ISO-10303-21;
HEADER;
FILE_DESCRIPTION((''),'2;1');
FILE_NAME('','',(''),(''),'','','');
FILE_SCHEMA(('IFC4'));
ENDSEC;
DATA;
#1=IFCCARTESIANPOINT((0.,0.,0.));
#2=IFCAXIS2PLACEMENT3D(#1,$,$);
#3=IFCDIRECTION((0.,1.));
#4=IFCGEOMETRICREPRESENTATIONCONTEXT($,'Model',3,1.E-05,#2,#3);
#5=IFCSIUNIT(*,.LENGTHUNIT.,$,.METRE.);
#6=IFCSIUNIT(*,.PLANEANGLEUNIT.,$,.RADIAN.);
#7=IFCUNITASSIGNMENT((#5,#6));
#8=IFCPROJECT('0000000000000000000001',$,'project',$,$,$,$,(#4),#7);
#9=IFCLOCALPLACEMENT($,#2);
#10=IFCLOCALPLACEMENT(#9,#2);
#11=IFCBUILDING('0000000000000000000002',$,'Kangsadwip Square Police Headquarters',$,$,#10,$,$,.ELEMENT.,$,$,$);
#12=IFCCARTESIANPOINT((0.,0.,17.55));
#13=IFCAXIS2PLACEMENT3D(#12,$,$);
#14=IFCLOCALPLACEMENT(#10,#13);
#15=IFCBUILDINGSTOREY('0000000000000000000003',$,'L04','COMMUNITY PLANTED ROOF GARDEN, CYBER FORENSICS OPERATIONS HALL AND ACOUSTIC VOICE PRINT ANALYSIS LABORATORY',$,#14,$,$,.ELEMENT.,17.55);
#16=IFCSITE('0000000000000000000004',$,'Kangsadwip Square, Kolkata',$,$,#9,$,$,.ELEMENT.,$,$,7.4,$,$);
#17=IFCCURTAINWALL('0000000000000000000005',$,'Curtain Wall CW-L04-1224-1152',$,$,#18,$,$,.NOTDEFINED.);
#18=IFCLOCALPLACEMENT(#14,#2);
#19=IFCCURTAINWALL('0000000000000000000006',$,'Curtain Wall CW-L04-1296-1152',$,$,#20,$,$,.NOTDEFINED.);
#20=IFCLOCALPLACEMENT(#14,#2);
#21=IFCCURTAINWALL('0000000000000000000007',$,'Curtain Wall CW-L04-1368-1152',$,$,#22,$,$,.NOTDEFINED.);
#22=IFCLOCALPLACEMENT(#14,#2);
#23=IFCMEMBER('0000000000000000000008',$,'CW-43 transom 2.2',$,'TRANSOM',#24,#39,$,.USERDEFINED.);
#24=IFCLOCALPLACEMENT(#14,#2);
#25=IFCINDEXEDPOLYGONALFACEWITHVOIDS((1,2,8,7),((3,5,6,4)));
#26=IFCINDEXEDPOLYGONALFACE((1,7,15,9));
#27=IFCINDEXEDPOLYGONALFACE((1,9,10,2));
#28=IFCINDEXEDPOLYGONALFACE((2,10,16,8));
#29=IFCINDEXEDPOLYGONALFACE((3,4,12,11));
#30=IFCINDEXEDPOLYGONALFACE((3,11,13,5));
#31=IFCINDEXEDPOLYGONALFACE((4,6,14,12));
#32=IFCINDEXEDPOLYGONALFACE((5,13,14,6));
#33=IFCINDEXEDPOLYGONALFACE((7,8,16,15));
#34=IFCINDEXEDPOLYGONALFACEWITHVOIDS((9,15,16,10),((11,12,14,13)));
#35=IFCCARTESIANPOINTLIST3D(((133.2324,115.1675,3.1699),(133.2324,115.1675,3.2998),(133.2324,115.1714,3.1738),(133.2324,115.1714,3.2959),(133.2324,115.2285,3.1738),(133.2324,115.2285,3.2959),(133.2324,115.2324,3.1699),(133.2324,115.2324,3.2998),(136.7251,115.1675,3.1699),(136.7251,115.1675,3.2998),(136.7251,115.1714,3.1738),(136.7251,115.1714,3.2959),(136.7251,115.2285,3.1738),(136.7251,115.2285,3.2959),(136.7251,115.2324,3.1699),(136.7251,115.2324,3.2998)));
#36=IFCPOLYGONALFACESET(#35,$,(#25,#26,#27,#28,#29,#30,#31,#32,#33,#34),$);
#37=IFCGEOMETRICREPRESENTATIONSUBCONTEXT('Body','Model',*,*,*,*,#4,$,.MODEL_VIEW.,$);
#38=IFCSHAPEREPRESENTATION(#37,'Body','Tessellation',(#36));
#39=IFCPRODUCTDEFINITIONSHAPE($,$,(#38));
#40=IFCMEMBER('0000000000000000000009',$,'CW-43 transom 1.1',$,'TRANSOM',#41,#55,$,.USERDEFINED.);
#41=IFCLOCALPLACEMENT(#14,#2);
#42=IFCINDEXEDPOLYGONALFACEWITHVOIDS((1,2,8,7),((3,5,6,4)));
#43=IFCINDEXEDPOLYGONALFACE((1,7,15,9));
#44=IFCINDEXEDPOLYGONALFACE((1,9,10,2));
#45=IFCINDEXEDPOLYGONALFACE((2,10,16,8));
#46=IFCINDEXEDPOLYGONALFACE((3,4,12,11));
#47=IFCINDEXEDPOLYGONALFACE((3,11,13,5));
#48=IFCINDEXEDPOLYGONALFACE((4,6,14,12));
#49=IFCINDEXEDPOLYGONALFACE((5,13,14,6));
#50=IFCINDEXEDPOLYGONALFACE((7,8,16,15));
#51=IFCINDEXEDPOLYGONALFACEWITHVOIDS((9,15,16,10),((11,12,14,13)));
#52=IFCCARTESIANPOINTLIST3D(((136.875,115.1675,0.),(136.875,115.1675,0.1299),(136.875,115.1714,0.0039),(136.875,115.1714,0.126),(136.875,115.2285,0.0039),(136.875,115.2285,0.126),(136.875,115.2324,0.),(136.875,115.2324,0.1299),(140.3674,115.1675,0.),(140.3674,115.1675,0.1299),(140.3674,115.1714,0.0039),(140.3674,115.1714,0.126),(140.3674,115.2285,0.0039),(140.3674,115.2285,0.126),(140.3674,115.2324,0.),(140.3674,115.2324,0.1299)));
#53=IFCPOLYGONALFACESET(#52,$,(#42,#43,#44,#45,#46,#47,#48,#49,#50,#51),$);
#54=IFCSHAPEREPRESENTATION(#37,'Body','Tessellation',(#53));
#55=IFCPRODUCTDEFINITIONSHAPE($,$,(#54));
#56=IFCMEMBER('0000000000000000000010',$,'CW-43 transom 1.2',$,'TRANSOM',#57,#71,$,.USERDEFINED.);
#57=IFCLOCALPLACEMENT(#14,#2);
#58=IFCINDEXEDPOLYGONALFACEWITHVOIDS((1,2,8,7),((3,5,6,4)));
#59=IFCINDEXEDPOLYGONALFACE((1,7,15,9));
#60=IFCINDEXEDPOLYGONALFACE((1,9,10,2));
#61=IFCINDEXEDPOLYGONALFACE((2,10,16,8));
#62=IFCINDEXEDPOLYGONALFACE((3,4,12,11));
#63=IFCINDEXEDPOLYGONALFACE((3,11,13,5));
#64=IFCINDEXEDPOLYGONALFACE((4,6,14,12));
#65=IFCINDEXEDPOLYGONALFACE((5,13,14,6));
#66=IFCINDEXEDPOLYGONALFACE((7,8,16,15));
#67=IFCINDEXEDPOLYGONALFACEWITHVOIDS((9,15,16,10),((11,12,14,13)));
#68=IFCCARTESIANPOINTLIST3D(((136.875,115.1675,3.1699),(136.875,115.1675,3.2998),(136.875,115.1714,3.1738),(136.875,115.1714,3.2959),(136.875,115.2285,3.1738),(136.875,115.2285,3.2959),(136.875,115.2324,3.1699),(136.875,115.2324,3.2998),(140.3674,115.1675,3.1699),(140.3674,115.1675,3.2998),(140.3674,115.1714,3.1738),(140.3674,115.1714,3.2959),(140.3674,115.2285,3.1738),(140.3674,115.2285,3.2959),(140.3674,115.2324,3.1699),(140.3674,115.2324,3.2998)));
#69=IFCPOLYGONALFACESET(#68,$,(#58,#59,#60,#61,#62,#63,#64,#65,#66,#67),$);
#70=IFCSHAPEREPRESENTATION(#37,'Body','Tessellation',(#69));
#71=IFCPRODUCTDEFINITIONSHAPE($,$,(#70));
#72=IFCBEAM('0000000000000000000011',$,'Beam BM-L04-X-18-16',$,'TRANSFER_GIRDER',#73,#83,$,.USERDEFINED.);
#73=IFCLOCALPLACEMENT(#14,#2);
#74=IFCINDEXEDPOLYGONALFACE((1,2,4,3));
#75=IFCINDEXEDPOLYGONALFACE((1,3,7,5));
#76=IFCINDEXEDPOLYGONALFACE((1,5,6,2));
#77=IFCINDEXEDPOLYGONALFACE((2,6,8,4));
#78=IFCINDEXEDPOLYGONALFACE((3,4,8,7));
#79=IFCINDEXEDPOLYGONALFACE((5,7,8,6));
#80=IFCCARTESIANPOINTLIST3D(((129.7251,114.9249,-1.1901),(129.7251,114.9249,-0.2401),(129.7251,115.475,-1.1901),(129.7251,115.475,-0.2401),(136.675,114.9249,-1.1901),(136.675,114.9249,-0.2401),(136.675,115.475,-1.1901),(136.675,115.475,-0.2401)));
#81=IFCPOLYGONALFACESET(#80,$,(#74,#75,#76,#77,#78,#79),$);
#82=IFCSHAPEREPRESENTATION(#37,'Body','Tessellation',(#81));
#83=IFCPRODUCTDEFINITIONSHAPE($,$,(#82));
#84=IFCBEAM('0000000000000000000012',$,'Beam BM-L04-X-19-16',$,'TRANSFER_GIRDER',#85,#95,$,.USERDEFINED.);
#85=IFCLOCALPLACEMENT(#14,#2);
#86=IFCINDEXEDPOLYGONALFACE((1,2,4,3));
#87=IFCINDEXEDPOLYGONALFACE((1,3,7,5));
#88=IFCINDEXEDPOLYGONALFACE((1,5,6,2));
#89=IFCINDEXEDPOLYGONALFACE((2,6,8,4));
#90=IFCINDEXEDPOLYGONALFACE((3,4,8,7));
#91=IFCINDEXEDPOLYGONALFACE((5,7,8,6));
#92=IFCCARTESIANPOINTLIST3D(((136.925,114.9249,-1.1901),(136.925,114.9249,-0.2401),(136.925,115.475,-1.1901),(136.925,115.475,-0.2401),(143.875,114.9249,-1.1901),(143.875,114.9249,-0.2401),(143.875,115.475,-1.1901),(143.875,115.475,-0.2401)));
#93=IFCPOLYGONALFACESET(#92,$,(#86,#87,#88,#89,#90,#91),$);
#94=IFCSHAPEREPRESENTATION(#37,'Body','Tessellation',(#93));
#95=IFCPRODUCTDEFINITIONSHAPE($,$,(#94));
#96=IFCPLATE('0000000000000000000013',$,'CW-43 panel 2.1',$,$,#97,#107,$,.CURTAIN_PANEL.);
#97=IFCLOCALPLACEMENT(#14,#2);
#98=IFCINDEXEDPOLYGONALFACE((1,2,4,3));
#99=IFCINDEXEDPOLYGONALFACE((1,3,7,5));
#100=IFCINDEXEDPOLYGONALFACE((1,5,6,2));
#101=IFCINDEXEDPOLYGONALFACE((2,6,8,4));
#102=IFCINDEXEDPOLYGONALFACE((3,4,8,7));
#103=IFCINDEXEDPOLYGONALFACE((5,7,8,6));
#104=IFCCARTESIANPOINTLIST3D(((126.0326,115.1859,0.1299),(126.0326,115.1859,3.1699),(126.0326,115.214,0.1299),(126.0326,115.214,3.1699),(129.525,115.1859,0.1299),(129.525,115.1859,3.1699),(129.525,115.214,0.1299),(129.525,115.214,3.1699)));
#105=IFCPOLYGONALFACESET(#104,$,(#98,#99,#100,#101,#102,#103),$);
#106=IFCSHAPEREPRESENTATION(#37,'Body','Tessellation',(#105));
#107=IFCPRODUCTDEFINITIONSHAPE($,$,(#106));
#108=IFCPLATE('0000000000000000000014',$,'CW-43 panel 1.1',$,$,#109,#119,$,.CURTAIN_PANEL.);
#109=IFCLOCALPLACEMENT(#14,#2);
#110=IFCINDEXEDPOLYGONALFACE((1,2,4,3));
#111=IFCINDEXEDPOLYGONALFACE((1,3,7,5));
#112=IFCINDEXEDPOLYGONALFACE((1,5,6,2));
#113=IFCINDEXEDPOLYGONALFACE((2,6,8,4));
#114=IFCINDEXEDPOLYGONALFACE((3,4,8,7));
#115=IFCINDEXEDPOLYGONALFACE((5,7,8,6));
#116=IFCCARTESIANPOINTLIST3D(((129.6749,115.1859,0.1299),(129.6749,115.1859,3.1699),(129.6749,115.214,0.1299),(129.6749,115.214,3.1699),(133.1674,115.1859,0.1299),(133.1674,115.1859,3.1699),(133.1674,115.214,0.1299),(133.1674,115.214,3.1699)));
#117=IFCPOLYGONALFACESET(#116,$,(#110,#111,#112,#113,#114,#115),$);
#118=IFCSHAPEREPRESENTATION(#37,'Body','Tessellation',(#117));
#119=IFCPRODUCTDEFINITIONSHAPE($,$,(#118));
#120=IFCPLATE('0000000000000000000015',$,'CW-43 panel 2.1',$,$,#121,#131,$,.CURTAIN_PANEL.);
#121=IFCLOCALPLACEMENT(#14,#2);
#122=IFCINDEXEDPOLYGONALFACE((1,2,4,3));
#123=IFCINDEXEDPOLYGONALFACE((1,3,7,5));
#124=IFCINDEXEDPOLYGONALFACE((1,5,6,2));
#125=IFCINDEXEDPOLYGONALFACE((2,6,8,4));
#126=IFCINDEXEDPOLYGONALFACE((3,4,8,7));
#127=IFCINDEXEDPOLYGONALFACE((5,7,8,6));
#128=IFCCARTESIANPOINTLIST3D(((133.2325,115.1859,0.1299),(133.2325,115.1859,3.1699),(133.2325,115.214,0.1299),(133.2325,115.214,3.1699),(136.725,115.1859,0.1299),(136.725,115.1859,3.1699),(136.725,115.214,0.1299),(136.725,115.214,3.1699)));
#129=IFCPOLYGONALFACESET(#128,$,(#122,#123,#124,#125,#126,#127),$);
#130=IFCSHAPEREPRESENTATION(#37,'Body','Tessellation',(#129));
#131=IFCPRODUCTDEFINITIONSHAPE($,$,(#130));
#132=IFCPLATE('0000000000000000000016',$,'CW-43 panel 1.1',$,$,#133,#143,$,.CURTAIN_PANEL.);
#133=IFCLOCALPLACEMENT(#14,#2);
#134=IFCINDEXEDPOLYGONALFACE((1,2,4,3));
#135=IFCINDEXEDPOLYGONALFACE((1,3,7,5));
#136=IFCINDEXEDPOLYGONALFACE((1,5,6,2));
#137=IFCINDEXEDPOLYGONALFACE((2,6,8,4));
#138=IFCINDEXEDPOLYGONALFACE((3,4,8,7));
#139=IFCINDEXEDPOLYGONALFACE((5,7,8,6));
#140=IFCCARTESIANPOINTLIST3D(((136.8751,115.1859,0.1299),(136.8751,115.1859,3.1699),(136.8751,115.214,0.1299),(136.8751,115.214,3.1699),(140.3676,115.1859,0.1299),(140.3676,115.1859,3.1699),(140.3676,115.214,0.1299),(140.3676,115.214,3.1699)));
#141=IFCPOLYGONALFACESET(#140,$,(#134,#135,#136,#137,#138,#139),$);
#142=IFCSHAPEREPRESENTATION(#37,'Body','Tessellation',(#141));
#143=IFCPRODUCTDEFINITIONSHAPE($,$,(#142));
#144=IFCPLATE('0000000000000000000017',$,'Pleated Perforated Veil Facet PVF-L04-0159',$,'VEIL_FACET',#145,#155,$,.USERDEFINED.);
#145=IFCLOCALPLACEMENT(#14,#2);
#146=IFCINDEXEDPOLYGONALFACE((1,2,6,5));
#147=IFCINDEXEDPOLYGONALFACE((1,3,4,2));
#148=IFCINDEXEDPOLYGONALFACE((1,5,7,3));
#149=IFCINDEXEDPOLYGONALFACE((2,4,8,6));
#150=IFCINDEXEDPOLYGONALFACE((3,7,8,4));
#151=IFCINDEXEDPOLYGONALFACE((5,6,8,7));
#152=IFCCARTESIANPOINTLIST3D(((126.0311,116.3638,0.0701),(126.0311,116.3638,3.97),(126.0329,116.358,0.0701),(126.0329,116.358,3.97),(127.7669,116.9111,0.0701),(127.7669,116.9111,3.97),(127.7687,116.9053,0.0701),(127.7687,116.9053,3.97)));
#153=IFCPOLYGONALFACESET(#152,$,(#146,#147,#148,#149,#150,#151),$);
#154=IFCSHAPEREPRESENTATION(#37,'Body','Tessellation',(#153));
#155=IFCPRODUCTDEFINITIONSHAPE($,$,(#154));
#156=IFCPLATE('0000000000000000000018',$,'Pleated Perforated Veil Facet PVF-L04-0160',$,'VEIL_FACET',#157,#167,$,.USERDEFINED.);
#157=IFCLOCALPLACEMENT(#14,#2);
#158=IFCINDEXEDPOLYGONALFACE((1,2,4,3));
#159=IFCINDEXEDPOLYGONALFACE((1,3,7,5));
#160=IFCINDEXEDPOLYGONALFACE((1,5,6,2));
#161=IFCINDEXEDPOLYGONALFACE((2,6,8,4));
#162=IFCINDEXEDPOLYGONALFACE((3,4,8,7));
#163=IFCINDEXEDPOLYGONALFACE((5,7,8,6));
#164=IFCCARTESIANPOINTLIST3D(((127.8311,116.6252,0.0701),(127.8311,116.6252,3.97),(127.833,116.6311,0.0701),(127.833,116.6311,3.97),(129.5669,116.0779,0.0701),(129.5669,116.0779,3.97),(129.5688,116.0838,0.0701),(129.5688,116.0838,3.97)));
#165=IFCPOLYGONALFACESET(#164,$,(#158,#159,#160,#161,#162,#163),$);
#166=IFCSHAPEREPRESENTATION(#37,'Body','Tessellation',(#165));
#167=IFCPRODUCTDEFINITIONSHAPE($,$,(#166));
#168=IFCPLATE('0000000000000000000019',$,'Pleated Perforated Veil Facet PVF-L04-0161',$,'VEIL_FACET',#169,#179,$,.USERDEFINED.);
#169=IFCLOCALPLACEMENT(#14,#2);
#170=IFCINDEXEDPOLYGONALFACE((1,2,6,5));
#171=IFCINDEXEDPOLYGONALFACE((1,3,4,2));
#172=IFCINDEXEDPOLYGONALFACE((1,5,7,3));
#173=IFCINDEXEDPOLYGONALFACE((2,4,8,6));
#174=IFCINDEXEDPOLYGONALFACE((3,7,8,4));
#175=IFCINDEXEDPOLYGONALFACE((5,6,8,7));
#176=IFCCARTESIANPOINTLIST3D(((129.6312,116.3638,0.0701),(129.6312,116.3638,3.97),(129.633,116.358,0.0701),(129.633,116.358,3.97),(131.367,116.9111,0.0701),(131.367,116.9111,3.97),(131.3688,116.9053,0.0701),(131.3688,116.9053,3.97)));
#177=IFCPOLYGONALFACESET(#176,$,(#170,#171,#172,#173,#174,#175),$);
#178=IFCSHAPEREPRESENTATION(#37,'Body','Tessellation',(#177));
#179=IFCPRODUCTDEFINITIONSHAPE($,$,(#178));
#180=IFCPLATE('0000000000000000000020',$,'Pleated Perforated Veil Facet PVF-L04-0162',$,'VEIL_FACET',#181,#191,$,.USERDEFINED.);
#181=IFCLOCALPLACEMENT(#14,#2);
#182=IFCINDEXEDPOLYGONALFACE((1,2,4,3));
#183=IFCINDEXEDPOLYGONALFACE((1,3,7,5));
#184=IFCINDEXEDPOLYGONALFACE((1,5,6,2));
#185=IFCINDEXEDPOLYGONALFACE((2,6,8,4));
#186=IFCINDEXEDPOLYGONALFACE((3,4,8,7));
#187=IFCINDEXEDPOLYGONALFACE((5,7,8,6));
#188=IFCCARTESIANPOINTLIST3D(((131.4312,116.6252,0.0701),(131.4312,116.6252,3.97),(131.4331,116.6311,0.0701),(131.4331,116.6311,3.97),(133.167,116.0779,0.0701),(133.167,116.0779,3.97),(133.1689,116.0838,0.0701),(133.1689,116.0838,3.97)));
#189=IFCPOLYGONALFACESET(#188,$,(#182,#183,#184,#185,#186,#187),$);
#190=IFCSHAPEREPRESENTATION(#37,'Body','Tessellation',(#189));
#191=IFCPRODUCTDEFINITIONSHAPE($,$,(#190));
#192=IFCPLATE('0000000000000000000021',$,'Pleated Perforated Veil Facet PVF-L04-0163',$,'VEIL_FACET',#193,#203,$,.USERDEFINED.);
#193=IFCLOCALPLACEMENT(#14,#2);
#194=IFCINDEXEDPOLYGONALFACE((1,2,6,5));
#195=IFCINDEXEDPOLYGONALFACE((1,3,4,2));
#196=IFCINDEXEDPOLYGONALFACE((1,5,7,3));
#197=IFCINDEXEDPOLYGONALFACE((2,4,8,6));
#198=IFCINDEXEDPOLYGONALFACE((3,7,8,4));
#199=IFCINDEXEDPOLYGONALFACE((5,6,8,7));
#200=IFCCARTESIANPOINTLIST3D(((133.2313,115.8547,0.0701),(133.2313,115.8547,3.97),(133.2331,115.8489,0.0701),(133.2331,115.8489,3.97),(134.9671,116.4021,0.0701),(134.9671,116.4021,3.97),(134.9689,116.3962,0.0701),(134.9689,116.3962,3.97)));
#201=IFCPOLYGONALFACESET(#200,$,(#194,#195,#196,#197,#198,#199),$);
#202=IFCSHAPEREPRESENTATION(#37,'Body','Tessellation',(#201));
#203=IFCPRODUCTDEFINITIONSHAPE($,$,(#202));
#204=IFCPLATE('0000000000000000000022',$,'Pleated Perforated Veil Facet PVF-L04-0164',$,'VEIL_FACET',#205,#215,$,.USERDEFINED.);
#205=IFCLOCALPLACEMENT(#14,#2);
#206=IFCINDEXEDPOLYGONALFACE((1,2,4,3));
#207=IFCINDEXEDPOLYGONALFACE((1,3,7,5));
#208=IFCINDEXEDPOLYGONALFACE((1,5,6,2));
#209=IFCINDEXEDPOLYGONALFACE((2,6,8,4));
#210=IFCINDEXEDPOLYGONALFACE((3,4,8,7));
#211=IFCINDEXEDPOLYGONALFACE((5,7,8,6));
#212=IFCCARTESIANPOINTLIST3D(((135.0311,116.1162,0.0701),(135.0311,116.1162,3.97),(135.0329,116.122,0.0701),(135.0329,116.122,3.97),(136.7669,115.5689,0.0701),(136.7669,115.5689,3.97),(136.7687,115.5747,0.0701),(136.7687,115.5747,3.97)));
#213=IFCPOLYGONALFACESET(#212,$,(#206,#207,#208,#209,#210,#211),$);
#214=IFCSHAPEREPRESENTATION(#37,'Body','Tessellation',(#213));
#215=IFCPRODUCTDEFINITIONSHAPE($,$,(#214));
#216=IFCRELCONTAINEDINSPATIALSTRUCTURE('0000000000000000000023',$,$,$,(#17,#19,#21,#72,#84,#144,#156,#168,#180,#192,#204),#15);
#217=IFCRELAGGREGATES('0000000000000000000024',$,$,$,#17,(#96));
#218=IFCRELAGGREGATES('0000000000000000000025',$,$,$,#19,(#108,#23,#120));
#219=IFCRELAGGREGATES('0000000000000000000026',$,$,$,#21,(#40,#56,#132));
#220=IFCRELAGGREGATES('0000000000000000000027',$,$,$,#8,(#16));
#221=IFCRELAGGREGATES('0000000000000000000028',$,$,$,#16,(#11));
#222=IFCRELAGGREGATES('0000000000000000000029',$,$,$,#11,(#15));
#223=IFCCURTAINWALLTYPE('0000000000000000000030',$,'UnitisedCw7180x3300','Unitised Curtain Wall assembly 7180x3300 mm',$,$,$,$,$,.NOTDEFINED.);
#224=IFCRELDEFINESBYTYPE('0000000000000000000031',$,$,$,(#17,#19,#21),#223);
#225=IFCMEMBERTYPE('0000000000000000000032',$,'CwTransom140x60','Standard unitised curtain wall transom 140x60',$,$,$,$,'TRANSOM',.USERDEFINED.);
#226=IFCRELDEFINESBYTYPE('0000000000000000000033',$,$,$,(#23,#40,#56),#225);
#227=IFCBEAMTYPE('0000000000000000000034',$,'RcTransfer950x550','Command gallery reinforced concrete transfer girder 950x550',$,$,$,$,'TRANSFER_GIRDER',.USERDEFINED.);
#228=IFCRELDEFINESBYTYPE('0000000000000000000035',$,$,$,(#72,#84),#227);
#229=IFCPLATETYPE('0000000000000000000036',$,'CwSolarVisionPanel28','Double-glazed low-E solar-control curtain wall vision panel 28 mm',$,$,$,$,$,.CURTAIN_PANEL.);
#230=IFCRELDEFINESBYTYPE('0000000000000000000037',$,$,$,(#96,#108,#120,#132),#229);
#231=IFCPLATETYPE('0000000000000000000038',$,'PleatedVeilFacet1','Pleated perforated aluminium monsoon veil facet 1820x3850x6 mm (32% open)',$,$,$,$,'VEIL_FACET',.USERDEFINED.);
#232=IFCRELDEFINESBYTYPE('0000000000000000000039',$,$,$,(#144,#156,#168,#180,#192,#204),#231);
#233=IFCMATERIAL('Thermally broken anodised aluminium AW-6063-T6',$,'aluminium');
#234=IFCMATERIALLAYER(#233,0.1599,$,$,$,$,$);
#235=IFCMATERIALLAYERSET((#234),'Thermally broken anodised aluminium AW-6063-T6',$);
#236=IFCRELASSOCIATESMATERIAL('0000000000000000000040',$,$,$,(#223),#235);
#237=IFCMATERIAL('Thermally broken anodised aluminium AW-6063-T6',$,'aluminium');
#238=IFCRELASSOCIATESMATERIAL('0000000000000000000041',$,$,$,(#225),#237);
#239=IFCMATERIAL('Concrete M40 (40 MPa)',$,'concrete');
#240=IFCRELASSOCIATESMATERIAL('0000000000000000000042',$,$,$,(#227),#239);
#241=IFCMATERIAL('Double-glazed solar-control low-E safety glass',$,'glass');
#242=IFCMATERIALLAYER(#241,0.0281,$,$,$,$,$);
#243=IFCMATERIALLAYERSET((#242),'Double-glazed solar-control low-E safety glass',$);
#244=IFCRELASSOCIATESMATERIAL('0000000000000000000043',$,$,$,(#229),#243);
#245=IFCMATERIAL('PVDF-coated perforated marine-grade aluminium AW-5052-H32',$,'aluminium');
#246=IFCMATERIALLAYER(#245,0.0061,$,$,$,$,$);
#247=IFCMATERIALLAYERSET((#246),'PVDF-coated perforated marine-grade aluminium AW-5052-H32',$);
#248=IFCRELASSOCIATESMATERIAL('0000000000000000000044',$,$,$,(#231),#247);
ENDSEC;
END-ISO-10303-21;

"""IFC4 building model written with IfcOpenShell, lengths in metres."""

from ifc_helpers import new_model, si_unit, direction, frame, origin, origin_2d, place, context, subcontext, project, spatial, rectangle, hollow_rectangle, extrude, material, layer, layer_set, material_profile, profile_set, type_object, element, aggregate, save


model = new_model("IFC4")

# Units and contexts
model_context = context("Model", 3, precision=1e-05, world=origin(), true_north=direction((0.0, 1.0)))
body_context = subcontext(model_context, "Body", "Model", "MODEL_VIEW")
ifc_project = project(units=[si_unit("LENGTHUNIT", "METRE"), si_unit("PLANEANGLEUNIT", "RADIAN")], contexts=[model_context])

# Site, building, storey
site_placement = place(None, origin())
site = spatial("IfcSite", under=ifc_project, at=site_placement, Name="Kangsadwip Square, Kolkata", CompositionType="ELEMENT", RefElevation=7.4)
building_placement = place(site_placement, origin())
building = spatial("IfcBuilding", under=site, at=building_placement, Name="Kangsadwip Square Police Headquarters", CompositionType="ELEMENT")
storey_placement = place(building_placement, frame((0.0, 0.0, 17.55)))
storey = spatial("IfcBuildingStorey", under=building, at=storey_placement, Name="L04", Description="COMMUNITY PLANTED ROOF GARDEN, CYBER FORENSICS OPERATIONS HALL AND ACOUSTIC VOICE PRINT ANALYSIS LABORATORY", CompositionType="ELEMENT", Elevation=17.55)

# Curtain wall
ifc_material_1 = material(Name="Thermally broken anodised aluminium AW-6063-T6", Category="aluminium")
ifc_layer_1 = layer(ifc_material_1, 0.1599)
ifc_layer_set_1 = layer_set([ifc_layer_1], Name="Thermally broken anodised aluminium AW-6063-T6")
curtain_wall_type = type_object("IfcCurtainWallType", Name="UnitisedCw7180x3300", Description="Unitised Curtain Wall assembly 7180x3300 mm", PredefinedType="NOTDEFINED", material=ifc_layer_set_1)
curtain_wall_1_placement = place(storey_placement, origin())
curtain_wall_1 = element("IfcCurtainWall", 1, at=curtain_wall_1_placement, inside=storey, type_object=curtain_wall_type, Name="Curtain Wall CW-L04-1224-1152", PredefinedType="NOTDEFINED")

# Curtain wall
curtain_wall_2_placement = place(storey_placement, origin())
curtain_wall_2 = element("IfcCurtainWall", 2, at=curtain_wall_2_placement, inside=storey, type_object=curtain_wall_type, Name="Curtain Wall CW-L04-1296-1152", PredefinedType="NOTDEFINED")

# Curtain wall
curtain_wall_3_placement = place(storey_placement, origin())
curtain_wall_3 = element("IfcCurtainWall", 3, at=curtain_wall_3_placement, inside=storey, type_object=curtain_wall_type, Name="Curtain Wall CW-L04-1368-1152", PredefinedType="NOTDEFINED")

# Members
ifc_material_2 = material(Name="Thermally broken anodised aluminium AW-6063-T6", Category="aluminium")
ifc_material_profile_1 = material_profile(ifc_material_2, hollow_rectangle(XDim=0.0649, YDim=0.1299, WallThickness=0.0039, at=origin_2d()), Name="CWT 130X65X4")
ifc_profile_set_1 = profile_set([ifc_material_profile_1], Name="Thermally broken anodised aluminium AW-6063-T6")
member_type_1 = type_object("IfcMemberType", Name="CwTransom140x60", Description="Standard unitised curtain wall transom 140x60", ElementType="TRANSOM", PredefinedType="USERDEFINED", material=ifc_profile_set_1)
member_1_placement = place(storey_placement, frame((133.2324, 115.2, 3.2349), z_axis=(1.0, 0.0, 0.0), x_axis=(0.0, 1.0, 0.0)))
member_1 = element("IfcMember", 4, at=member_1_placement, type_object=member_type_1, Name="CW-43 transom 2.2", ObjectType="TRANSOM", PredefinedType="USERDEFINED", context=body_context, shape_type="SweptSolid", body=[
    extrude(hollow_rectangle(XDim=0.0649, YDim=0.1299, WallThickness=0.0039, at=origin_2d()), origin(), (0.0, 0.0, 1.0), 3.4927),
])
member_2_placement = place(storey_placement, frame((136.875, 115.2, 0.0649), z_axis=(1.0, 0.0, 0.0), x_axis=(0.0, 1.0, 0.0)))
member_2 = element("IfcMember", 5, at=member_2_placement, type_object=member_type_1, Name="CW-43 transom 1.1", ObjectType="TRANSOM", PredefinedType="USERDEFINED", context=body_context, shape_type="SweptSolid", body=[
    extrude(hollow_rectangle(XDim=0.0649, YDim=0.1299, WallThickness=0.0039, at=origin_2d()), origin(), (0.0, 0.0, 1.0), 3.4924),
])
member_3_placement = place(storey_placement, frame((136.875, 115.2, 3.2349), z_axis=(1.0, 0.0, 0.0), x_axis=(0.0, 1.0, 0.0)))
member_3 = element("IfcMember", 6, at=member_3_placement, type_object=member_type_1, Name="CW-43 transom 1.2", ObjectType="TRANSOM", PredefinedType="USERDEFINED", context=body_context, shape_type="SweptSolid", body=[
    extrude(hollow_rectangle(XDim=0.0649, YDim=0.1299, WallThickness=0.0039, at=origin_2d()), origin(), (0.0, 0.0, 1.0), 3.4924),
])

# Beams
ifc_material_3 = material(Name="Concrete M40 (40 MPa)", Category="concrete")
ifc_material_profile_2 = material_profile(ifc_material_3, rectangle(XDim=0.55, YDim=0.95, at=origin_2d()), Name="RC TG 950X550")
ifc_profile_set_2 = profile_set([ifc_material_profile_2], Name="Concrete M40 (40 MPa)")
beam_type = type_object("IfcBeamType", Name="RcTransfer950x550", Description="Command gallery reinforced concrete transfer girder 950x550", ElementType="TRANSFER_GIRDER", PredefinedType="USERDEFINED", material=ifc_profile_set_2)
for number, where, z_axis, x_axis, name in (
    (7, (129.7251, 115.2, -0.7151), (1.0, 0.0, 0.0), (0.0, 1.0, 0.0), "Beam BM-L04-X-18-16"),
    (8, (136.925, 115.2, -0.7151), (1.0, 0.0, 0.0), (0.0, 1.0, 0.0), "Beam BM-L04-X-19-16"),
):
    element("IfcBeam", number, at=place(storey_placement, frame(where, z_axis=z_axis, x_axis=x_axis)), inside=storey, type_object=beam_type, Name=name, ObjectType="TRANSFER_GIRDER", PredefinedType="USERDEFINED", context=body_context, shape_type="SweptSolid", body=[
        extrude(rectangle(XDim=0.55, YDim=0.95, at=origin_2d()), origin(), (0.0, 0.0, 1.0), 6.95),
    ])

# Plates
ifc_material_4 = material(Name="Double-glazed solar-control low-E safety glass", Category="glass")
ifc_layer_2 = layer(ifc_material_4, 0.0281)
ifc_layer_set_2 = layer_set([ifc_layer_2], Name="Double-glazed solar-control low-E safety glass")
plate_type_1 = type_object("IfcPlateType", Name="CwSolarVisionPanel28", Description="Double-glazed low-E solar-control curtain wall vision panel 28 mm", PredefinedType="CURTAIN_PANEL", material=ifc_layer_set_2)
plate_1_placement = place(storey_placement, frame((127.7788, 115.2, 0.1299), z_axis=(0.0, 0.0, 1.0), x_axis=(1.0, 0.0, 0.0)))
plate_1 = element("IfcPlate", 9, at=plate_1_placement, type_object=plate_type_1, Name="CW-43 panel 2.1", PredefinedType="CURTAIN_PANEL", context=body_context, shape_type="SweptSolid", body=[
    extrude(rectangle(XDim=3.4924, YDim=0.0281, at=origin_2d()), origin(), (0.0, 0.0, 1.0), 3.04),
])
aggregate(curtain_wall_1, [plate_1])
plate_2_placement = place(storey_placement, frame((131.4211, 115.2, 0.1299), z_axis=(0.0, 0.0, 1.0), x_axis=(1.0, 0.0, 0.0)))
plate_2 = element("IfcPlate", 10, at=plate_2_placement, type_object=plate_type_1, Name="CW-43 panel 1.1", PredefinedType="CURTAIN_PANEL", context=body_context, shape_type="SweptSolid", body=[
    extrude(rectangle(XDim=3.4924, YDim=0.0281, at=origin_2d()), origin(), (0.0, 0.0, 1.0), 3.04),
])
plate_3_placement = place(storey_placement, frame((134.9788, 115.2, 0.1299), z_axis=(0.0, 0.0, 1.0), x_axis=(1.0, 0.0, 0.0)))
plate_3 = element("IfcPlate", 11, at=plate_3_placement, type_object=plate_type_1, Name="CW-43 panel 2.1", PredefinedType="CURTAIN_PANEL", context=body_context, shape_type="SweptSolid", body=[
    extrude(rectangle(XDim=3.4924, YDim=0.0281, at=origin_2d()), origin(), (0.0, 0.0, 1.0), 3.04),
])
aggregate(curtain_wall_2, [plate_2, member_1, plate_3])
plate_4_placement = place(storey_placement, frame((138.6213, 115.2, 0.1299), z_axis=(0.0, 0.0, 1.0), x_axis=(1.0, 0.0, 0.0)))
plate_4 = element("IfcPlate", 12, at=plate_4_placement, type_object=plate_type_1, Name="CW-43 panel 1.1", PredefinedType="CURTAIN_PANEL", context=body_context, shape_type="SweptSolid", body=[
    extrude(rectangle(XDim=3.4924, YDim=0.0281, at=origin_2d()), origin(), (0.0, 0.0, 1.0), 3.04),
])
aggregate(curtain_wall_3, [member_2, member_3, plate_4])

# Plates
ifc_material_5 = material(Name="PVDF-coated perforated marine-grade aluminium AW-5052-H32", Category="aluminium")
ifc_layer_3 = layer(ifc_material_5, 0.0061)
ifc_layer_set_3 = layer_set([ifc_layer_3], Name="PVDF-coated perforated marine-grade aluminium AW-5052-H32")
plate_type_2 = type_object("IfcPlateType", Name="PleatedVeilFacet1", Description="Pleated perforated aluminium monsoon veil facet 1820x3850x6 mm (32% open)", ElementType="VEIL_FACET", PredefinedType="USERDEFINED", material=ifc_layer_set_3)
for number, where, z_axis, x_axis, name in (
    (13, (126.8999, 116.6345, 0.0701), (0.0, 0.0, 1.0), (0.953717, 0.300706, 0.0), "Pleated Perforated Veil Facet PVF-L04-0159"),
    (14, (128.7, 116.3545, 0.0701), (0.0, 0.0, 1.0), (0.953717, -0.300706, 0.0), "Pleated Perforated Veil Facet PVF-L04-0160"),
    (15, (130.5, 116.6345, 0.0701), (0.0, 0.0, 1.0), (0.953717, 0.300706, 0.0), "Pleated Perforated Veil Facet PVF-L04-0161"),
    (16, (132.3, 116.3545, 0.0701), (0.0, 0.0, 1.0), (0.953717, -0.300706, 0.0), "Pleated Perforated Veil Facet PVF-L04-0162"),
    (17, (134.1001, 116.1255, 0.0701), (0.0, 0.0, 1.0), (0.953717, 0.300706, 0.0), "Pleated Perforated Veil Facet PVF-L04-0163"),
    (18, (135.8999, 115.8455, 0.0701), (0.0, 0.0, 1.0), (0.953717, -0.300706, 0.0), "Pleated Perforated Veil Facet PVF-L04-0164"),
):
    element("IfcPlate", number, at=place(storey_placement, frame(where, z_axis=z_axis, x_axis=x_axis)), inside=storey, type_object=plate_type_2, Name=name, ObjectType="VEIL_FACET", PredefinedType="USERDEFINED", context=body_context, shape_type="SweptSolid", body=[
        extrude(rectangle(XDim=1.8201, YDim=0.0061, at=origin_2d()), origin(), (0.0, 0.0, 1.0), 3.8999),
    ])

save(model, "model.ifc")
